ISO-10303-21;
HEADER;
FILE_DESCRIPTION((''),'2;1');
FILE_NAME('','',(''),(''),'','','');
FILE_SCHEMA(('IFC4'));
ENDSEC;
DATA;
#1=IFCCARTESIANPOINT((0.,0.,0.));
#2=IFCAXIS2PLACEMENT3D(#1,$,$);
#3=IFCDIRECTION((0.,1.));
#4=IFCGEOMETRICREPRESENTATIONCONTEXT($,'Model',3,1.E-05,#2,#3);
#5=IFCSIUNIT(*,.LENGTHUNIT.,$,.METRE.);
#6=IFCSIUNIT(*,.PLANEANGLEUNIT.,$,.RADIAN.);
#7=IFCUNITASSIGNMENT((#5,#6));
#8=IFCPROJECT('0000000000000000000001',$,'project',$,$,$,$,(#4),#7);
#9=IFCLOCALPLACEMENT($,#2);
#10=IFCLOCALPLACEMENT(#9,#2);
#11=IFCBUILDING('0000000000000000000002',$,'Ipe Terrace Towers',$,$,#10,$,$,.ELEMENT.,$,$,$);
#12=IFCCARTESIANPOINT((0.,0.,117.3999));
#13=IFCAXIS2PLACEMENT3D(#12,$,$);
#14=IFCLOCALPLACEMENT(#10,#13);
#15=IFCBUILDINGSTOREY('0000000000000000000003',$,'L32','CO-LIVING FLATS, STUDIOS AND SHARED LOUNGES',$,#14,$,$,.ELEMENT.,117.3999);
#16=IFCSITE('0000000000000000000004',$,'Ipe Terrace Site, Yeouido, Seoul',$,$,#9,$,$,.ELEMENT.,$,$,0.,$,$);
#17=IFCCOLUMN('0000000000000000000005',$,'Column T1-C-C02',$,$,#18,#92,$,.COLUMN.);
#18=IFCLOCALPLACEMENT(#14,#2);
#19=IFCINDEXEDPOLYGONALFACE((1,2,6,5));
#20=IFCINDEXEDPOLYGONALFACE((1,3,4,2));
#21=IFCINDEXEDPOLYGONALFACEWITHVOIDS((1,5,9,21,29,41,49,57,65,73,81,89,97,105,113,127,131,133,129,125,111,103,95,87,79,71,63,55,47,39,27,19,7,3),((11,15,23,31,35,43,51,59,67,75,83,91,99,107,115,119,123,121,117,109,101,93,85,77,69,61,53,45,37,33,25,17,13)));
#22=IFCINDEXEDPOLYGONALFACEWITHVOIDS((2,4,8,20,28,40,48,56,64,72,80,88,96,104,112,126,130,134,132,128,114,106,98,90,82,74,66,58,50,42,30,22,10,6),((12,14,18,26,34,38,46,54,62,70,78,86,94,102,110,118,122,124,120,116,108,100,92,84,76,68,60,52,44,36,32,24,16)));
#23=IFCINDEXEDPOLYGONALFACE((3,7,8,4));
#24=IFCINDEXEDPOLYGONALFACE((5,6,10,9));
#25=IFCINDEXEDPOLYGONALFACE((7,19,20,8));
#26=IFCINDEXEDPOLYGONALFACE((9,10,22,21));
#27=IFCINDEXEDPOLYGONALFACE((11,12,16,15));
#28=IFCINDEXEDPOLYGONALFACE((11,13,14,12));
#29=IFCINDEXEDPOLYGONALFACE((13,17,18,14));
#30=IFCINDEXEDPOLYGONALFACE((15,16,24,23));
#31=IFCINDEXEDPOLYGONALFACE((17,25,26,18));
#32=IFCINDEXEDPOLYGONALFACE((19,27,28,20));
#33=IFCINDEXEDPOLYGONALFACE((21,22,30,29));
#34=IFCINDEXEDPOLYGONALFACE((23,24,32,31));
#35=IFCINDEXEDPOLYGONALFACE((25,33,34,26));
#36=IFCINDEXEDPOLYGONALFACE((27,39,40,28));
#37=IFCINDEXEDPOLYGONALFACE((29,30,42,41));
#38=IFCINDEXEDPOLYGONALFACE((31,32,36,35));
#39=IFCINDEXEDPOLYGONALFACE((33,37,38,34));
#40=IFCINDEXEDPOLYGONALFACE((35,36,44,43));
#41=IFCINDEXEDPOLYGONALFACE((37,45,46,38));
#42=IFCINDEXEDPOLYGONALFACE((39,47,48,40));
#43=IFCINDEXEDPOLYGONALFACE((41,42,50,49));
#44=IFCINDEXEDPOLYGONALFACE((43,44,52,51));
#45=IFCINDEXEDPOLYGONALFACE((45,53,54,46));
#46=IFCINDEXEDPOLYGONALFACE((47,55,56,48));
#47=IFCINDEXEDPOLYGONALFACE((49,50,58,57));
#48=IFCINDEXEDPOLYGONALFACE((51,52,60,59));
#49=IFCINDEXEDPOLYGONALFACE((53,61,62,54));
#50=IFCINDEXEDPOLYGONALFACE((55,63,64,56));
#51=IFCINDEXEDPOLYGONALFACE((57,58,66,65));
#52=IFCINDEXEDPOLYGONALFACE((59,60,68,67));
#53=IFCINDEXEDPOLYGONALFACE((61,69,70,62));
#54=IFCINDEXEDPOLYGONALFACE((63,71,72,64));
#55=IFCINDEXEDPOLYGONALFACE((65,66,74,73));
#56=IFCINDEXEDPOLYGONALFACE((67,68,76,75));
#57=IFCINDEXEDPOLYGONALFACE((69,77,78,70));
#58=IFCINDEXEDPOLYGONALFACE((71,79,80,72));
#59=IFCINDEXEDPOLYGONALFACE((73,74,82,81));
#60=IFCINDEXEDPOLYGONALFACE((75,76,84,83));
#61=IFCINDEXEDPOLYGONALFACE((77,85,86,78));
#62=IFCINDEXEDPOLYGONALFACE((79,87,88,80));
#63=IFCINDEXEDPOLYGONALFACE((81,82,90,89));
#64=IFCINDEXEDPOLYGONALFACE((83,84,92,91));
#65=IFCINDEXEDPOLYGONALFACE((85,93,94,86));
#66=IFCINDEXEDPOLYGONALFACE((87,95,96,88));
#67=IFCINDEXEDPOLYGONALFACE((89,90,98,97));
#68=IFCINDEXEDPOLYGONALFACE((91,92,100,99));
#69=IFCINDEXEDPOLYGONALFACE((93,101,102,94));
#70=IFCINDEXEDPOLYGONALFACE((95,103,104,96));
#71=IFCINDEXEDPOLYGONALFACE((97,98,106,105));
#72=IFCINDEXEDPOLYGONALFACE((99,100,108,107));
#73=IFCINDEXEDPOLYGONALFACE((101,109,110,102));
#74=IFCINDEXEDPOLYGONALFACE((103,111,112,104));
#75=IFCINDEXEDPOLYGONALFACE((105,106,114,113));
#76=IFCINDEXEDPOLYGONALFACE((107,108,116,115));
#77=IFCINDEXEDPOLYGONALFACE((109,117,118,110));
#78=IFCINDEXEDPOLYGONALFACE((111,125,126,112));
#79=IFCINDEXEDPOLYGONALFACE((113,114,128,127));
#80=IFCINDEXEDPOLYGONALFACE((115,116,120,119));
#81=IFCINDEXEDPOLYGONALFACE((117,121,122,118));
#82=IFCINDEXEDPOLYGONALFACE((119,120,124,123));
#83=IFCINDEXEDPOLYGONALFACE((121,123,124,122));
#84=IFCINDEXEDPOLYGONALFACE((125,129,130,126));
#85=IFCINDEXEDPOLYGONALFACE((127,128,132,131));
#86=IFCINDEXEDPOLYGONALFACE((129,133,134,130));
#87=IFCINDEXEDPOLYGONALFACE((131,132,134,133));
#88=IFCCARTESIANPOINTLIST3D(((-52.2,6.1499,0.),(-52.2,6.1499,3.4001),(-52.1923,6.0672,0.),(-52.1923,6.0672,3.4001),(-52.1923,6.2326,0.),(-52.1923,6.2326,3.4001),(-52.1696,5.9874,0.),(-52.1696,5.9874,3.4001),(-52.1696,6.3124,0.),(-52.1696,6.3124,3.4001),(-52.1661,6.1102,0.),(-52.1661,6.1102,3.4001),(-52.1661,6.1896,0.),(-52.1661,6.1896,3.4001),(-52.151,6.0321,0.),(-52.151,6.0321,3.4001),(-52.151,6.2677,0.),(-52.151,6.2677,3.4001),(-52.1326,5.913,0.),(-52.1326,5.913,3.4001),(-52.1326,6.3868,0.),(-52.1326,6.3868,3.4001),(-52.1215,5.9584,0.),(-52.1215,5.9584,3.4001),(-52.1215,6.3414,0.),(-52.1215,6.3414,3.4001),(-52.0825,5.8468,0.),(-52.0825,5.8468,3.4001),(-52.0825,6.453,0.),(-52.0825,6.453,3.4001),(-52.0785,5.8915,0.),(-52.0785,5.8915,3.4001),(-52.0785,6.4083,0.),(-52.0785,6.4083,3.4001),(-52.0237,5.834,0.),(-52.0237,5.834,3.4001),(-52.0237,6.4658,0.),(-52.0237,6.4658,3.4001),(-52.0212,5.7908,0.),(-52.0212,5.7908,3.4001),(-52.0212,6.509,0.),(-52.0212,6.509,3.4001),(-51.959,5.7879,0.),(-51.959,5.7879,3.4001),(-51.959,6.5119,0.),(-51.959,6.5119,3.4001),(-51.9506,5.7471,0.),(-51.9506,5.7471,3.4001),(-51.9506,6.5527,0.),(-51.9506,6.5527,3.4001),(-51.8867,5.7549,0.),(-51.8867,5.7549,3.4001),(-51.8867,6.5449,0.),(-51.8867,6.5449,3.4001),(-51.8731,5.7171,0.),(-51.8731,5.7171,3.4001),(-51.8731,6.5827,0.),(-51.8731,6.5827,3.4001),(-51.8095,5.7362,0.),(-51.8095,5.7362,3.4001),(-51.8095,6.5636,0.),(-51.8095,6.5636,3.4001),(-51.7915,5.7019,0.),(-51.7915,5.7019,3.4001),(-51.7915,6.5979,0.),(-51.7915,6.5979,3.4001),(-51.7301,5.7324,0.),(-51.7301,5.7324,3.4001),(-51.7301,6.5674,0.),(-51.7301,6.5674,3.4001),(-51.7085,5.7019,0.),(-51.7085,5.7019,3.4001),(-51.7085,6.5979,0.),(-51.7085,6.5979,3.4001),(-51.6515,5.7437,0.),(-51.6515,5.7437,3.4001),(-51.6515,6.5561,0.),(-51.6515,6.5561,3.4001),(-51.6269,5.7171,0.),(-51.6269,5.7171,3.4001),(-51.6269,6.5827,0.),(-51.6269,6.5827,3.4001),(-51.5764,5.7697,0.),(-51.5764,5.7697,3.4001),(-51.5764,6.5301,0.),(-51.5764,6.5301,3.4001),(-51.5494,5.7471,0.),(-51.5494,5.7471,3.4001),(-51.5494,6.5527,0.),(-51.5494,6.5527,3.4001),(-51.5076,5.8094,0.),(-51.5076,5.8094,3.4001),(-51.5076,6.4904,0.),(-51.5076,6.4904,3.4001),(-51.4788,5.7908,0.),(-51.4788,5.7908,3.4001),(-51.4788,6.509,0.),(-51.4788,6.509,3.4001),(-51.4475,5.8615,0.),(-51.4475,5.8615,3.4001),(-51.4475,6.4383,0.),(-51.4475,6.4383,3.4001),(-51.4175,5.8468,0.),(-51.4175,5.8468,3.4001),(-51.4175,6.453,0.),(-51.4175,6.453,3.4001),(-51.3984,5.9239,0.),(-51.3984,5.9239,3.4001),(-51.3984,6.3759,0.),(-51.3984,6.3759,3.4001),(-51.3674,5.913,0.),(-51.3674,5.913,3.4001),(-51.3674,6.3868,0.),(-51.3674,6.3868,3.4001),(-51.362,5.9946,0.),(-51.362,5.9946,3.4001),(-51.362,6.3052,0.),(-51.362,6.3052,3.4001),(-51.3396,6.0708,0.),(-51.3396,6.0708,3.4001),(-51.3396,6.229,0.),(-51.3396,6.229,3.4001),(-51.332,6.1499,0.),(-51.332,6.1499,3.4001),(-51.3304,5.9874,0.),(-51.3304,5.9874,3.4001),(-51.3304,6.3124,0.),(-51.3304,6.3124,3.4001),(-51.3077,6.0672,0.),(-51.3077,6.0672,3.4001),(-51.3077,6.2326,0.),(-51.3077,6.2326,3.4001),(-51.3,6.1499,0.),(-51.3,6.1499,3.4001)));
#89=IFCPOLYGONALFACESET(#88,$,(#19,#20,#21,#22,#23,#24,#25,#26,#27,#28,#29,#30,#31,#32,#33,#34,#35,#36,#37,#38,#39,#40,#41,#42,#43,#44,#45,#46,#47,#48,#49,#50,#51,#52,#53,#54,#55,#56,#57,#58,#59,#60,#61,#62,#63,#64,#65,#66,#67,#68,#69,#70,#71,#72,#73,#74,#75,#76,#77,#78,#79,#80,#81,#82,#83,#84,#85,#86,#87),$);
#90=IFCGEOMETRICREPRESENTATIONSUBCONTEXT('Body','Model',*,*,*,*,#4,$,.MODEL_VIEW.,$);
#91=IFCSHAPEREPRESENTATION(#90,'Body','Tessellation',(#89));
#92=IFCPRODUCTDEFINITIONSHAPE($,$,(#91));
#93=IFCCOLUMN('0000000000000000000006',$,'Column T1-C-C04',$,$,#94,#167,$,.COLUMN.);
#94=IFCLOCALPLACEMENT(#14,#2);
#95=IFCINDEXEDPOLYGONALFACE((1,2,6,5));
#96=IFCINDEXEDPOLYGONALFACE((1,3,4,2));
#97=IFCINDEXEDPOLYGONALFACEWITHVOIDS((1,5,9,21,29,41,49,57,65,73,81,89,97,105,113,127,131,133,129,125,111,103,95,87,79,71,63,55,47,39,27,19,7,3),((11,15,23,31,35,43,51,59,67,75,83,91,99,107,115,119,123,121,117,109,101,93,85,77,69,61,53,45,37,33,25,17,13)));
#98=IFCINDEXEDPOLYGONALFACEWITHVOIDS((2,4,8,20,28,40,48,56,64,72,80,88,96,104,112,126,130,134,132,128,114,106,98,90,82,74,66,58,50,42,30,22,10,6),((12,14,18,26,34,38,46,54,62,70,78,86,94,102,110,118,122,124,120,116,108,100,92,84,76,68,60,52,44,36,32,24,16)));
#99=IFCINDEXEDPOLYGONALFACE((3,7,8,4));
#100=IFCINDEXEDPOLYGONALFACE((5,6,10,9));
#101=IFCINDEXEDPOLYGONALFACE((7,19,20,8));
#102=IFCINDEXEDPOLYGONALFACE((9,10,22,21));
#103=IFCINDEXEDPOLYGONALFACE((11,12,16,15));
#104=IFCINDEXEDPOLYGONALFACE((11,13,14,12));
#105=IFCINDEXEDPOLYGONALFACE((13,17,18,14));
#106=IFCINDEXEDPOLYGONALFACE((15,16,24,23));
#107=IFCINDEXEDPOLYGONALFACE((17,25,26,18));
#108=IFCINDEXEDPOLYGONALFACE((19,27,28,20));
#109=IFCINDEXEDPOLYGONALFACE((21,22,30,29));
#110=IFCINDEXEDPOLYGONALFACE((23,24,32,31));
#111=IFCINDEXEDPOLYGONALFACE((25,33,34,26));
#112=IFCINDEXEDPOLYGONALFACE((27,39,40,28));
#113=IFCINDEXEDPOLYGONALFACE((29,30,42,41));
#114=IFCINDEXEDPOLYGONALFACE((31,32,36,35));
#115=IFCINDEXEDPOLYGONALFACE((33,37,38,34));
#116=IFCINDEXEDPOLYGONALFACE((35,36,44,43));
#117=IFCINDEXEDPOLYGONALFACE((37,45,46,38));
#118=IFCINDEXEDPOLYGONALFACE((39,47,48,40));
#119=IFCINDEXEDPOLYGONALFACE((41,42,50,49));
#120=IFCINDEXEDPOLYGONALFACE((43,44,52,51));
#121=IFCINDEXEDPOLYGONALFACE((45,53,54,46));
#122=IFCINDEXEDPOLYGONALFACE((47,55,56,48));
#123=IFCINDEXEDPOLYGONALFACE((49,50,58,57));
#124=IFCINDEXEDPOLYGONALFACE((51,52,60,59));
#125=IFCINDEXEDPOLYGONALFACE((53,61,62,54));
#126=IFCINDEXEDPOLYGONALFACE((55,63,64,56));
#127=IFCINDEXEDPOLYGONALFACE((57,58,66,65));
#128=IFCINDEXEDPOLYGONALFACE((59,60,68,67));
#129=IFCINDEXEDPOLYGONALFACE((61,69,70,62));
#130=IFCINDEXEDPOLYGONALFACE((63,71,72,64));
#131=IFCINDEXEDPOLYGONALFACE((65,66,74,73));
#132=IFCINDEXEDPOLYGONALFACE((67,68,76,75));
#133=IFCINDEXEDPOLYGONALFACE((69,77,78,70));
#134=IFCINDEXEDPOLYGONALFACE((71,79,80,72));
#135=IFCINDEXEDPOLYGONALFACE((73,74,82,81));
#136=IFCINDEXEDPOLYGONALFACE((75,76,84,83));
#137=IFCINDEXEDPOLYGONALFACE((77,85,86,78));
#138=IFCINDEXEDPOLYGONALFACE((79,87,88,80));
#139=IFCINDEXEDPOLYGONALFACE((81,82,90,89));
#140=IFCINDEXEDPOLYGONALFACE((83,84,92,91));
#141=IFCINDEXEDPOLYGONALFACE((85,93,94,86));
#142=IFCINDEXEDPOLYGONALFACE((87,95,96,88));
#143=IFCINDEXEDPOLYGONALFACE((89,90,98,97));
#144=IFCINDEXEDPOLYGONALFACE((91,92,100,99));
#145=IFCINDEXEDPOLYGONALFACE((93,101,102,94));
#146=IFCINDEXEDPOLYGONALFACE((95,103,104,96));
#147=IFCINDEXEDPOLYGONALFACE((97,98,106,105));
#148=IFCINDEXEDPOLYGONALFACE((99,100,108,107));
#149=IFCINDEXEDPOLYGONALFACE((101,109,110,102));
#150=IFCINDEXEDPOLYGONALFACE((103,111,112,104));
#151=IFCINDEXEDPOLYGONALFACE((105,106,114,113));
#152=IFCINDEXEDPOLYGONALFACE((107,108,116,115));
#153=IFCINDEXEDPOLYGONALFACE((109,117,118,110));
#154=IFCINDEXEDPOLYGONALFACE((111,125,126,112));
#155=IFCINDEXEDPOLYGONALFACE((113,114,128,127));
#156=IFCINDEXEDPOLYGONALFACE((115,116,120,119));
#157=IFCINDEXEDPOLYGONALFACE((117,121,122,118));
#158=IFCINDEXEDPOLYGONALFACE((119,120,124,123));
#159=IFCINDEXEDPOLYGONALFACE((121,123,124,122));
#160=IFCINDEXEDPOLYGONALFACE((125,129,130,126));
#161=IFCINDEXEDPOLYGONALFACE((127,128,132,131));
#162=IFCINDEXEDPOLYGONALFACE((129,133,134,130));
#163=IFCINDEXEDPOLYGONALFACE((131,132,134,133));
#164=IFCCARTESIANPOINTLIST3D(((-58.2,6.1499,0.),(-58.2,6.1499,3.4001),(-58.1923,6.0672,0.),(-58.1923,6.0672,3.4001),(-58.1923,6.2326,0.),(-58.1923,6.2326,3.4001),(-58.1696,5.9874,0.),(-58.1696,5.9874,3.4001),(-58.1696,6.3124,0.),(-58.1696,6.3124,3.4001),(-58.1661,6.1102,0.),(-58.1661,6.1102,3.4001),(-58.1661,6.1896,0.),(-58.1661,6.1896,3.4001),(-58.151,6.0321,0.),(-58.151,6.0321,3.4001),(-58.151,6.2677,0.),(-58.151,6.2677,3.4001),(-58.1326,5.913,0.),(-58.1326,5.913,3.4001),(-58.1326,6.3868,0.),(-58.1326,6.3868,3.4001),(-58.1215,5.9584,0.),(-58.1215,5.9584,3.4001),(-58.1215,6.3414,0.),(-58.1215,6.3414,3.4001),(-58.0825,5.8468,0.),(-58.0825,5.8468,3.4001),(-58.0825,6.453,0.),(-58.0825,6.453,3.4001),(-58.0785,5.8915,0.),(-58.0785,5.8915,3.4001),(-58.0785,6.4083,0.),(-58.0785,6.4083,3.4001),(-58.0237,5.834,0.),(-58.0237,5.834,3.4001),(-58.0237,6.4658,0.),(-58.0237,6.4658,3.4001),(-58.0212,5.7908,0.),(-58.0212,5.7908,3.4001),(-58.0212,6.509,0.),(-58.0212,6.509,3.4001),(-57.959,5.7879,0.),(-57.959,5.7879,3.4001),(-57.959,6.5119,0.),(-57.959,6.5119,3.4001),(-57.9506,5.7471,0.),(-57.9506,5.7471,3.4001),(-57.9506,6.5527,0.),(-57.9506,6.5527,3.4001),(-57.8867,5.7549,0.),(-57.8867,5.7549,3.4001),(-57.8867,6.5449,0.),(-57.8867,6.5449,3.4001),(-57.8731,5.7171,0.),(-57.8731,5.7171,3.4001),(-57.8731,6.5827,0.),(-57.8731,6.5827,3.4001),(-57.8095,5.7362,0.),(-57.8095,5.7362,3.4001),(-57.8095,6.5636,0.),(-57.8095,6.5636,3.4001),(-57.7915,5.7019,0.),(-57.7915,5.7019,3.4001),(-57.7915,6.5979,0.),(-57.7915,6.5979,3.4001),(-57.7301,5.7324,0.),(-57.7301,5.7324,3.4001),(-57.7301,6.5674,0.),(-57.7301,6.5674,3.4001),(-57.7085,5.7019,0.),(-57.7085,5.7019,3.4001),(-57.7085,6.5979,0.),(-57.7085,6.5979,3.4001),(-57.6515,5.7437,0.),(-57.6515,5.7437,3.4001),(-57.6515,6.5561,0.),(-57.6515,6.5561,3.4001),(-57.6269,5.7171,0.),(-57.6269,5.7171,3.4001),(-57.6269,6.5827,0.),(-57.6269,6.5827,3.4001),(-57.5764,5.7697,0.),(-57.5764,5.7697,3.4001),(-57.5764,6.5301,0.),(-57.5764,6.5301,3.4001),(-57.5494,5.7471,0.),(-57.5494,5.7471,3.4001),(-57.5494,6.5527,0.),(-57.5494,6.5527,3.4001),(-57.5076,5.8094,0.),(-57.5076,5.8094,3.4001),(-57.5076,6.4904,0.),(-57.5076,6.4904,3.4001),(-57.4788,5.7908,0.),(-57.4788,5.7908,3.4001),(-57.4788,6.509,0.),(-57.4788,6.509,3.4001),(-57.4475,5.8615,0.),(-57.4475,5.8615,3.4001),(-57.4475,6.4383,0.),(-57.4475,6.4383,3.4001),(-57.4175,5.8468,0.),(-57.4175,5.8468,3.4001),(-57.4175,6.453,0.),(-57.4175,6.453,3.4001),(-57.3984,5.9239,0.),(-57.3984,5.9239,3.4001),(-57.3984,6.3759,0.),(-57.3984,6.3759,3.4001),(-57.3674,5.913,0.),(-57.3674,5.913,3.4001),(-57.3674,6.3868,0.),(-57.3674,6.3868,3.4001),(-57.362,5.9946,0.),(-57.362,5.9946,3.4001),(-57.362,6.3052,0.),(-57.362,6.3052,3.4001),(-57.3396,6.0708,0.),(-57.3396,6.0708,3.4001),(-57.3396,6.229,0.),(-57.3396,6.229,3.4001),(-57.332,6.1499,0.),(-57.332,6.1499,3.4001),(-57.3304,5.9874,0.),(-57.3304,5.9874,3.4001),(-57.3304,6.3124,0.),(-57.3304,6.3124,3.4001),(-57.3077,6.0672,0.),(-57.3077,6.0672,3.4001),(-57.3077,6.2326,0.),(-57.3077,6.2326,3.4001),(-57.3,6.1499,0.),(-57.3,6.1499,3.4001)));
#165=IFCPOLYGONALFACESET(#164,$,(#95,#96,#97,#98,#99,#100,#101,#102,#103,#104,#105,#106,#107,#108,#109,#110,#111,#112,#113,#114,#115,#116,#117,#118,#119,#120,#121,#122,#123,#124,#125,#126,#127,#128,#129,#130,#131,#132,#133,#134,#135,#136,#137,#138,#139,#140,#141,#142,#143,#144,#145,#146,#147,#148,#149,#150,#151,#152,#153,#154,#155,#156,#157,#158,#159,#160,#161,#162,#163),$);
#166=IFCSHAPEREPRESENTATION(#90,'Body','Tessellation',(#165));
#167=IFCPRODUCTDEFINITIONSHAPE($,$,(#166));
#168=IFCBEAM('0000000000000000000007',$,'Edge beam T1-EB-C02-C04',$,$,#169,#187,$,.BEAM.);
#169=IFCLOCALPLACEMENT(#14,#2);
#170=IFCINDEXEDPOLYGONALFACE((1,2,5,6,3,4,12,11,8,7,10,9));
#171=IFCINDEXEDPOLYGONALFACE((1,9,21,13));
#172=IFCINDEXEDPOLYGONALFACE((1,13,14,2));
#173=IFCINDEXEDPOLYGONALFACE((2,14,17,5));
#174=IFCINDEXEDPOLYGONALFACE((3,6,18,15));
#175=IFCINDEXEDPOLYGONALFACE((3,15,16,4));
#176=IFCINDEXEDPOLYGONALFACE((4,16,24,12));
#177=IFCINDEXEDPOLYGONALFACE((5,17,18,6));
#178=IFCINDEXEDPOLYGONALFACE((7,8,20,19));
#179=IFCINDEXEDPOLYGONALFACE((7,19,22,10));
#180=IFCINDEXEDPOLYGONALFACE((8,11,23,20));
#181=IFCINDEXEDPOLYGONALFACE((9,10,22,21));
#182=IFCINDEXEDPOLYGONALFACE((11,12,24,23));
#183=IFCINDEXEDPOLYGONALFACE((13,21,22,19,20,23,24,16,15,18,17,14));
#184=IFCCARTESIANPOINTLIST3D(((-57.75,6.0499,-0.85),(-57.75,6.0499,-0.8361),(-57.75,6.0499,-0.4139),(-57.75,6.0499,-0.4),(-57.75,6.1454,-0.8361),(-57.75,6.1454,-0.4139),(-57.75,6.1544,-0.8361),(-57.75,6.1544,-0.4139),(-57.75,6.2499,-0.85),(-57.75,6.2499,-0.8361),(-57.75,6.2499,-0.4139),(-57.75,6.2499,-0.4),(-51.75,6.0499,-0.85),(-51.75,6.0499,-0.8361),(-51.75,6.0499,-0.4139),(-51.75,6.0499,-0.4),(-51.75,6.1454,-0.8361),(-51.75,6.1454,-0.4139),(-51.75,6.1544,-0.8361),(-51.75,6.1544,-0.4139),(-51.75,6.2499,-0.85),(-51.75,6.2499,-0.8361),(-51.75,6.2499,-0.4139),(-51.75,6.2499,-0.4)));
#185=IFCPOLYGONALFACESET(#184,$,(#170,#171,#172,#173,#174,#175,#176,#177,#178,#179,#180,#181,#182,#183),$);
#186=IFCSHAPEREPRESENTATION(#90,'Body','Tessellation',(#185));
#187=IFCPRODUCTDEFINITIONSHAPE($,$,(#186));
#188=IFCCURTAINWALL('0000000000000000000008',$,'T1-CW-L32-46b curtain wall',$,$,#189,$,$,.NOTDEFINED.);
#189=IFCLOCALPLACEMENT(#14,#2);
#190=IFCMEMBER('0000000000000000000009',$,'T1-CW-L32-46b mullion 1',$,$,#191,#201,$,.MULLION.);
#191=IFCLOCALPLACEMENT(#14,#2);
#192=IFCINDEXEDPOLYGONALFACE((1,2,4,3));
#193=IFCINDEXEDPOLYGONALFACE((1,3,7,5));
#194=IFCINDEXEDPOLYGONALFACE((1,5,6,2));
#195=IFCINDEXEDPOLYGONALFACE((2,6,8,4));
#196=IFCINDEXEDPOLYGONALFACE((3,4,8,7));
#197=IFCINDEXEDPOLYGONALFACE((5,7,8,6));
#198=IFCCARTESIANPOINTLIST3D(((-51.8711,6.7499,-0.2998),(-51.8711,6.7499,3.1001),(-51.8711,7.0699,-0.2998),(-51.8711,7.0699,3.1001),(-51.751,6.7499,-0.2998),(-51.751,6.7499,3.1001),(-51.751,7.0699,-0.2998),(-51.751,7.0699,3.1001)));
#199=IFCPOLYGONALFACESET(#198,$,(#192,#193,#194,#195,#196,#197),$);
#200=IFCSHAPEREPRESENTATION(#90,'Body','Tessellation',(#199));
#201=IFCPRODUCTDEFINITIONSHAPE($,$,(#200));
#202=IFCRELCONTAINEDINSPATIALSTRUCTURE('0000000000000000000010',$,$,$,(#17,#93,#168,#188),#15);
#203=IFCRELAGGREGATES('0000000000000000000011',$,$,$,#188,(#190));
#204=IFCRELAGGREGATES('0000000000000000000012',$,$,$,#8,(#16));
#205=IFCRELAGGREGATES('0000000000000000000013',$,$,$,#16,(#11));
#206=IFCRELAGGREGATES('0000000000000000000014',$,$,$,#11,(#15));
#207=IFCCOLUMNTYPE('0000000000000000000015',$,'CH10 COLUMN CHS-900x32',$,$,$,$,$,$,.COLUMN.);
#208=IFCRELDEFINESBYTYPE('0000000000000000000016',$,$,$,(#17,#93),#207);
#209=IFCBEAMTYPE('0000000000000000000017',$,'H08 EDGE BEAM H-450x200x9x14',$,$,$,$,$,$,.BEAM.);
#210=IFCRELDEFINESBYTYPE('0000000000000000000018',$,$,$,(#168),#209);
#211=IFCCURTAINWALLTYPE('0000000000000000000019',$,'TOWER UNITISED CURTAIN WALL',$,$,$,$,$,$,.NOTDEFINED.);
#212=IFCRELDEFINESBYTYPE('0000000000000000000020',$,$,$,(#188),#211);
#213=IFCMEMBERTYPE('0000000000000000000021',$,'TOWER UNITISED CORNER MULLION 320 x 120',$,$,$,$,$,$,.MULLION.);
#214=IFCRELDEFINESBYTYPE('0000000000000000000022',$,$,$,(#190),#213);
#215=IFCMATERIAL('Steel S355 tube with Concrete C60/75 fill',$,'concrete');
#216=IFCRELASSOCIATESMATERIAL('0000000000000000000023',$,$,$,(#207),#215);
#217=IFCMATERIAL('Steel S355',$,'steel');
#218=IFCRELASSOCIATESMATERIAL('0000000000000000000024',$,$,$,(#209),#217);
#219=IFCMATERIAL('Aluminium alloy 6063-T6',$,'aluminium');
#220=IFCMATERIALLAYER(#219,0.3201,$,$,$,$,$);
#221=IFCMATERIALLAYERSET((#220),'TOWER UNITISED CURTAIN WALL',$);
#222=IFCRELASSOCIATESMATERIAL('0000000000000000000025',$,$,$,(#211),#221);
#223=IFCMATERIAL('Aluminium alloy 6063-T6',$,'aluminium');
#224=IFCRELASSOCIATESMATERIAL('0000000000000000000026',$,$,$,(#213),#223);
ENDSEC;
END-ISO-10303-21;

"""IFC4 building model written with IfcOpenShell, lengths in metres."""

from ifc_helpers import new_model, si_unit, direction, frame, origin, origin_2d, place, context, subcontext, project, spatial, rectangle, hollow_circle, i_section, extrude, material, layer, layer_set, material_profile, profile_set, type_object, element, aggregate, save


model = new_model("IFC4")

# Units and contexts
model_context = context("Model", 3, precision=1e-05, world=origin(), true_north=direction((0.0, 1.0)))
body_context = subcontext(model_context, "Body", "Model", "MODEL_VIEW")
ifc_project = project(units=[si_unit("LENGTHUNIT", "METRE"), si_unit("PLANEANGLEUNIT", "RADIAN")], contexts=[model_context])

# Site, building, storey
site_placement = place(None, origin())
site = spatial("IfcSite", under=ifc_project, at=site_placement, Name="Ipe Terrace Site, Yeouido, Seoul", CompositionType="ELEMENT", RefElevation=0.0)
building_placement = place(site_placement, origin())
building = spatial("IfcBuilding", under=site, at=building_placement, Name="Ipe Terrace Towers", CompositionType="ELEMENT")
storey_placement = place(building_placement, frame((0.0, 0.0, 117.3999)))
storey = spatial("IfcBuildingStorey", under=building, at=storey_placement, Name="L32", Description="CO-LIVING FLATS, STUDIOS AND SHARED LOUNGES", CompositionType="ELEMENT", Elevation=117.3999)

# Columns
ifc_material_1 = material(Name="Steel S355 tube with Concrete C60/75 fill", Category="concrete")
ifc_material_profile_1 = material_profile(ifc_material_1, hollow_circle(Radius=0.45, WallThickness=0.032, at=origin_2d()), Name="CHS-900x32")
ifc_profile_set_1 = profile_set([ifc_material_profile_1], Name="Steel S355 tube with Concrete C60/75 fill")
column_type = type_object("IfcColumnType", Name="CH10 COLUMN CHS-900x32", PredefinedType="COLUMN", material=ifc_profile_set_1)
for number, where, z_axis, x_axis, name in (
    (1, (-51.75, 6.1499, 0.0), (0.0, 0.0, 1.0), (1.0, 0.0, 0.0), "Column T1-C-C02"),
    (2, (-57.75, 6.1499, 0.0), (0.0, 0.0, 1.0), (1.0, 0.0, 0.0), "Column T1-C-C04"),
):
    element("IfcColumn", number, at=place(storey_placement, frame(where, z_axis=z_axis, x_axis=x_axis)), inside=storey, type_object=column_type, Name=name, PredefinedType="COLUMN", context=body_context, shape_type="SweptSolid", body=[
        extrude(hollow_circle(Radius=0.45, WallThickness=0.032, at=origin_2d()), origin(), (0.0, 0.0, 1.0), 3.4001),
    ])

# Beam
ifc_material_2 = material(Name="Steel S355", Category="steel")
ifc_material_profile_2 = material_profile(ifc_material_2, i_section(OverallWidth=0.2, OverallDepth=0.45, WebThickness=0.009, FlangeThickness=0.0139, at=origin_2d()), Name="H-450x200x9x14")
ifc_profile_set_2 = profile_set([ifc_material_profile_2], Name="Steel S355")
beam_type = type_object("IfcBeamType", Name="H08 EDGE BEAM H-450x200x9x14", PredefinedType="BEAM", material=ifc_profile_set_2)
beam_placement = place(storey_placement, frame((-51.75, 6.1499, -0.625), z_axis=(-1.0, 0.0, 0.0), x_axis=(0.0, -1.0, 0.0)))
element("IfcBeam", 3, at=beam_placement, inside=storey, type_object=beam_type, Name="Edge beam T1-EB-C02-C04", PredefinedType="BEAM", context=body_context, shape_type="SweptSolid", body=[
    extrude(i_section(OverallWidth=0.2, OverallDepth=0.45, WebThickness=0.009, FlangeThickness=0.0139, at=origin_2d()), origin(), (0.0, 0.0, 1.0), 6.0),
])

# Curtain wall, member
ifc_material_3 = material(Name="Aluminium alloy 6063-T6", Category="aluminium")
ifc_layer_1 = layer(ifc_material_3, 0.3201)
ifc_layer_set_1 = layer_set([ifc_layer_1], Name="TOWER UNITISED CURTAIN WALL")
curtain_wall_type = type_object("IfcCurtainWallType", Name="TOWER UNITISED CURTAIN WALL", PredefinedType="NOTDEFINED", material=ifc_layer_set_1)
curtain_wall_1_placement = place(storey_placement, origin())
curtain_wall_1 = element("IfcCurtainWall", 4, at=curtain_wall_1_placement, inside=storey, type_object=curtain_wall_type, Name="T1-CW-L32-46b curtain wall", PredefinedType="NOTDEFINED")
ifc_material_4 = material(Name="Aluminium alloy 6063-T6", Category="aluminium")
ifc_material_profile_3 = material_profile(ifc_material_4, rectangle(XDim=0.3201, YDim=0.1201, at=origin_2d()), Name="TOWER UNITISED CORNER MULLION 320 x 120")
ifc_profile_set_3 = profile_set([ifc_material_profile_3], Name="Aluminium alloy 6063-T6")
member_type_1 = type_object("IfcMemberType", Name="TOWER UNITISED CORNER MULLION 320 x 120", PredefinedType="MULLION", material=ifc_profile_set_3)
member_1_placement = place(storey_placement, frame((-51.811, 6.9099, -0.2998), z_axis=(0.0, 0.0, 1.0), x_axis=(0.0, 1.0, 0.0)))
member_1 = element("IfcMember", 5, at=member_1_placement, type_object=member_type_1, Name="T1-CW-L32-46b mullion 1", PredefinedType="MULLION", context=body_context, shape_type="SweptSolid", body=[
    extrude(rectangle(XDim=0.3201, YDim=0.1201, at=origin_2d()), origin(), (0.0, 0.0, 1.0), 3.3999),
])

aggregate(curtain_wall_1, [member_1])

save(model, "model.ifc")
